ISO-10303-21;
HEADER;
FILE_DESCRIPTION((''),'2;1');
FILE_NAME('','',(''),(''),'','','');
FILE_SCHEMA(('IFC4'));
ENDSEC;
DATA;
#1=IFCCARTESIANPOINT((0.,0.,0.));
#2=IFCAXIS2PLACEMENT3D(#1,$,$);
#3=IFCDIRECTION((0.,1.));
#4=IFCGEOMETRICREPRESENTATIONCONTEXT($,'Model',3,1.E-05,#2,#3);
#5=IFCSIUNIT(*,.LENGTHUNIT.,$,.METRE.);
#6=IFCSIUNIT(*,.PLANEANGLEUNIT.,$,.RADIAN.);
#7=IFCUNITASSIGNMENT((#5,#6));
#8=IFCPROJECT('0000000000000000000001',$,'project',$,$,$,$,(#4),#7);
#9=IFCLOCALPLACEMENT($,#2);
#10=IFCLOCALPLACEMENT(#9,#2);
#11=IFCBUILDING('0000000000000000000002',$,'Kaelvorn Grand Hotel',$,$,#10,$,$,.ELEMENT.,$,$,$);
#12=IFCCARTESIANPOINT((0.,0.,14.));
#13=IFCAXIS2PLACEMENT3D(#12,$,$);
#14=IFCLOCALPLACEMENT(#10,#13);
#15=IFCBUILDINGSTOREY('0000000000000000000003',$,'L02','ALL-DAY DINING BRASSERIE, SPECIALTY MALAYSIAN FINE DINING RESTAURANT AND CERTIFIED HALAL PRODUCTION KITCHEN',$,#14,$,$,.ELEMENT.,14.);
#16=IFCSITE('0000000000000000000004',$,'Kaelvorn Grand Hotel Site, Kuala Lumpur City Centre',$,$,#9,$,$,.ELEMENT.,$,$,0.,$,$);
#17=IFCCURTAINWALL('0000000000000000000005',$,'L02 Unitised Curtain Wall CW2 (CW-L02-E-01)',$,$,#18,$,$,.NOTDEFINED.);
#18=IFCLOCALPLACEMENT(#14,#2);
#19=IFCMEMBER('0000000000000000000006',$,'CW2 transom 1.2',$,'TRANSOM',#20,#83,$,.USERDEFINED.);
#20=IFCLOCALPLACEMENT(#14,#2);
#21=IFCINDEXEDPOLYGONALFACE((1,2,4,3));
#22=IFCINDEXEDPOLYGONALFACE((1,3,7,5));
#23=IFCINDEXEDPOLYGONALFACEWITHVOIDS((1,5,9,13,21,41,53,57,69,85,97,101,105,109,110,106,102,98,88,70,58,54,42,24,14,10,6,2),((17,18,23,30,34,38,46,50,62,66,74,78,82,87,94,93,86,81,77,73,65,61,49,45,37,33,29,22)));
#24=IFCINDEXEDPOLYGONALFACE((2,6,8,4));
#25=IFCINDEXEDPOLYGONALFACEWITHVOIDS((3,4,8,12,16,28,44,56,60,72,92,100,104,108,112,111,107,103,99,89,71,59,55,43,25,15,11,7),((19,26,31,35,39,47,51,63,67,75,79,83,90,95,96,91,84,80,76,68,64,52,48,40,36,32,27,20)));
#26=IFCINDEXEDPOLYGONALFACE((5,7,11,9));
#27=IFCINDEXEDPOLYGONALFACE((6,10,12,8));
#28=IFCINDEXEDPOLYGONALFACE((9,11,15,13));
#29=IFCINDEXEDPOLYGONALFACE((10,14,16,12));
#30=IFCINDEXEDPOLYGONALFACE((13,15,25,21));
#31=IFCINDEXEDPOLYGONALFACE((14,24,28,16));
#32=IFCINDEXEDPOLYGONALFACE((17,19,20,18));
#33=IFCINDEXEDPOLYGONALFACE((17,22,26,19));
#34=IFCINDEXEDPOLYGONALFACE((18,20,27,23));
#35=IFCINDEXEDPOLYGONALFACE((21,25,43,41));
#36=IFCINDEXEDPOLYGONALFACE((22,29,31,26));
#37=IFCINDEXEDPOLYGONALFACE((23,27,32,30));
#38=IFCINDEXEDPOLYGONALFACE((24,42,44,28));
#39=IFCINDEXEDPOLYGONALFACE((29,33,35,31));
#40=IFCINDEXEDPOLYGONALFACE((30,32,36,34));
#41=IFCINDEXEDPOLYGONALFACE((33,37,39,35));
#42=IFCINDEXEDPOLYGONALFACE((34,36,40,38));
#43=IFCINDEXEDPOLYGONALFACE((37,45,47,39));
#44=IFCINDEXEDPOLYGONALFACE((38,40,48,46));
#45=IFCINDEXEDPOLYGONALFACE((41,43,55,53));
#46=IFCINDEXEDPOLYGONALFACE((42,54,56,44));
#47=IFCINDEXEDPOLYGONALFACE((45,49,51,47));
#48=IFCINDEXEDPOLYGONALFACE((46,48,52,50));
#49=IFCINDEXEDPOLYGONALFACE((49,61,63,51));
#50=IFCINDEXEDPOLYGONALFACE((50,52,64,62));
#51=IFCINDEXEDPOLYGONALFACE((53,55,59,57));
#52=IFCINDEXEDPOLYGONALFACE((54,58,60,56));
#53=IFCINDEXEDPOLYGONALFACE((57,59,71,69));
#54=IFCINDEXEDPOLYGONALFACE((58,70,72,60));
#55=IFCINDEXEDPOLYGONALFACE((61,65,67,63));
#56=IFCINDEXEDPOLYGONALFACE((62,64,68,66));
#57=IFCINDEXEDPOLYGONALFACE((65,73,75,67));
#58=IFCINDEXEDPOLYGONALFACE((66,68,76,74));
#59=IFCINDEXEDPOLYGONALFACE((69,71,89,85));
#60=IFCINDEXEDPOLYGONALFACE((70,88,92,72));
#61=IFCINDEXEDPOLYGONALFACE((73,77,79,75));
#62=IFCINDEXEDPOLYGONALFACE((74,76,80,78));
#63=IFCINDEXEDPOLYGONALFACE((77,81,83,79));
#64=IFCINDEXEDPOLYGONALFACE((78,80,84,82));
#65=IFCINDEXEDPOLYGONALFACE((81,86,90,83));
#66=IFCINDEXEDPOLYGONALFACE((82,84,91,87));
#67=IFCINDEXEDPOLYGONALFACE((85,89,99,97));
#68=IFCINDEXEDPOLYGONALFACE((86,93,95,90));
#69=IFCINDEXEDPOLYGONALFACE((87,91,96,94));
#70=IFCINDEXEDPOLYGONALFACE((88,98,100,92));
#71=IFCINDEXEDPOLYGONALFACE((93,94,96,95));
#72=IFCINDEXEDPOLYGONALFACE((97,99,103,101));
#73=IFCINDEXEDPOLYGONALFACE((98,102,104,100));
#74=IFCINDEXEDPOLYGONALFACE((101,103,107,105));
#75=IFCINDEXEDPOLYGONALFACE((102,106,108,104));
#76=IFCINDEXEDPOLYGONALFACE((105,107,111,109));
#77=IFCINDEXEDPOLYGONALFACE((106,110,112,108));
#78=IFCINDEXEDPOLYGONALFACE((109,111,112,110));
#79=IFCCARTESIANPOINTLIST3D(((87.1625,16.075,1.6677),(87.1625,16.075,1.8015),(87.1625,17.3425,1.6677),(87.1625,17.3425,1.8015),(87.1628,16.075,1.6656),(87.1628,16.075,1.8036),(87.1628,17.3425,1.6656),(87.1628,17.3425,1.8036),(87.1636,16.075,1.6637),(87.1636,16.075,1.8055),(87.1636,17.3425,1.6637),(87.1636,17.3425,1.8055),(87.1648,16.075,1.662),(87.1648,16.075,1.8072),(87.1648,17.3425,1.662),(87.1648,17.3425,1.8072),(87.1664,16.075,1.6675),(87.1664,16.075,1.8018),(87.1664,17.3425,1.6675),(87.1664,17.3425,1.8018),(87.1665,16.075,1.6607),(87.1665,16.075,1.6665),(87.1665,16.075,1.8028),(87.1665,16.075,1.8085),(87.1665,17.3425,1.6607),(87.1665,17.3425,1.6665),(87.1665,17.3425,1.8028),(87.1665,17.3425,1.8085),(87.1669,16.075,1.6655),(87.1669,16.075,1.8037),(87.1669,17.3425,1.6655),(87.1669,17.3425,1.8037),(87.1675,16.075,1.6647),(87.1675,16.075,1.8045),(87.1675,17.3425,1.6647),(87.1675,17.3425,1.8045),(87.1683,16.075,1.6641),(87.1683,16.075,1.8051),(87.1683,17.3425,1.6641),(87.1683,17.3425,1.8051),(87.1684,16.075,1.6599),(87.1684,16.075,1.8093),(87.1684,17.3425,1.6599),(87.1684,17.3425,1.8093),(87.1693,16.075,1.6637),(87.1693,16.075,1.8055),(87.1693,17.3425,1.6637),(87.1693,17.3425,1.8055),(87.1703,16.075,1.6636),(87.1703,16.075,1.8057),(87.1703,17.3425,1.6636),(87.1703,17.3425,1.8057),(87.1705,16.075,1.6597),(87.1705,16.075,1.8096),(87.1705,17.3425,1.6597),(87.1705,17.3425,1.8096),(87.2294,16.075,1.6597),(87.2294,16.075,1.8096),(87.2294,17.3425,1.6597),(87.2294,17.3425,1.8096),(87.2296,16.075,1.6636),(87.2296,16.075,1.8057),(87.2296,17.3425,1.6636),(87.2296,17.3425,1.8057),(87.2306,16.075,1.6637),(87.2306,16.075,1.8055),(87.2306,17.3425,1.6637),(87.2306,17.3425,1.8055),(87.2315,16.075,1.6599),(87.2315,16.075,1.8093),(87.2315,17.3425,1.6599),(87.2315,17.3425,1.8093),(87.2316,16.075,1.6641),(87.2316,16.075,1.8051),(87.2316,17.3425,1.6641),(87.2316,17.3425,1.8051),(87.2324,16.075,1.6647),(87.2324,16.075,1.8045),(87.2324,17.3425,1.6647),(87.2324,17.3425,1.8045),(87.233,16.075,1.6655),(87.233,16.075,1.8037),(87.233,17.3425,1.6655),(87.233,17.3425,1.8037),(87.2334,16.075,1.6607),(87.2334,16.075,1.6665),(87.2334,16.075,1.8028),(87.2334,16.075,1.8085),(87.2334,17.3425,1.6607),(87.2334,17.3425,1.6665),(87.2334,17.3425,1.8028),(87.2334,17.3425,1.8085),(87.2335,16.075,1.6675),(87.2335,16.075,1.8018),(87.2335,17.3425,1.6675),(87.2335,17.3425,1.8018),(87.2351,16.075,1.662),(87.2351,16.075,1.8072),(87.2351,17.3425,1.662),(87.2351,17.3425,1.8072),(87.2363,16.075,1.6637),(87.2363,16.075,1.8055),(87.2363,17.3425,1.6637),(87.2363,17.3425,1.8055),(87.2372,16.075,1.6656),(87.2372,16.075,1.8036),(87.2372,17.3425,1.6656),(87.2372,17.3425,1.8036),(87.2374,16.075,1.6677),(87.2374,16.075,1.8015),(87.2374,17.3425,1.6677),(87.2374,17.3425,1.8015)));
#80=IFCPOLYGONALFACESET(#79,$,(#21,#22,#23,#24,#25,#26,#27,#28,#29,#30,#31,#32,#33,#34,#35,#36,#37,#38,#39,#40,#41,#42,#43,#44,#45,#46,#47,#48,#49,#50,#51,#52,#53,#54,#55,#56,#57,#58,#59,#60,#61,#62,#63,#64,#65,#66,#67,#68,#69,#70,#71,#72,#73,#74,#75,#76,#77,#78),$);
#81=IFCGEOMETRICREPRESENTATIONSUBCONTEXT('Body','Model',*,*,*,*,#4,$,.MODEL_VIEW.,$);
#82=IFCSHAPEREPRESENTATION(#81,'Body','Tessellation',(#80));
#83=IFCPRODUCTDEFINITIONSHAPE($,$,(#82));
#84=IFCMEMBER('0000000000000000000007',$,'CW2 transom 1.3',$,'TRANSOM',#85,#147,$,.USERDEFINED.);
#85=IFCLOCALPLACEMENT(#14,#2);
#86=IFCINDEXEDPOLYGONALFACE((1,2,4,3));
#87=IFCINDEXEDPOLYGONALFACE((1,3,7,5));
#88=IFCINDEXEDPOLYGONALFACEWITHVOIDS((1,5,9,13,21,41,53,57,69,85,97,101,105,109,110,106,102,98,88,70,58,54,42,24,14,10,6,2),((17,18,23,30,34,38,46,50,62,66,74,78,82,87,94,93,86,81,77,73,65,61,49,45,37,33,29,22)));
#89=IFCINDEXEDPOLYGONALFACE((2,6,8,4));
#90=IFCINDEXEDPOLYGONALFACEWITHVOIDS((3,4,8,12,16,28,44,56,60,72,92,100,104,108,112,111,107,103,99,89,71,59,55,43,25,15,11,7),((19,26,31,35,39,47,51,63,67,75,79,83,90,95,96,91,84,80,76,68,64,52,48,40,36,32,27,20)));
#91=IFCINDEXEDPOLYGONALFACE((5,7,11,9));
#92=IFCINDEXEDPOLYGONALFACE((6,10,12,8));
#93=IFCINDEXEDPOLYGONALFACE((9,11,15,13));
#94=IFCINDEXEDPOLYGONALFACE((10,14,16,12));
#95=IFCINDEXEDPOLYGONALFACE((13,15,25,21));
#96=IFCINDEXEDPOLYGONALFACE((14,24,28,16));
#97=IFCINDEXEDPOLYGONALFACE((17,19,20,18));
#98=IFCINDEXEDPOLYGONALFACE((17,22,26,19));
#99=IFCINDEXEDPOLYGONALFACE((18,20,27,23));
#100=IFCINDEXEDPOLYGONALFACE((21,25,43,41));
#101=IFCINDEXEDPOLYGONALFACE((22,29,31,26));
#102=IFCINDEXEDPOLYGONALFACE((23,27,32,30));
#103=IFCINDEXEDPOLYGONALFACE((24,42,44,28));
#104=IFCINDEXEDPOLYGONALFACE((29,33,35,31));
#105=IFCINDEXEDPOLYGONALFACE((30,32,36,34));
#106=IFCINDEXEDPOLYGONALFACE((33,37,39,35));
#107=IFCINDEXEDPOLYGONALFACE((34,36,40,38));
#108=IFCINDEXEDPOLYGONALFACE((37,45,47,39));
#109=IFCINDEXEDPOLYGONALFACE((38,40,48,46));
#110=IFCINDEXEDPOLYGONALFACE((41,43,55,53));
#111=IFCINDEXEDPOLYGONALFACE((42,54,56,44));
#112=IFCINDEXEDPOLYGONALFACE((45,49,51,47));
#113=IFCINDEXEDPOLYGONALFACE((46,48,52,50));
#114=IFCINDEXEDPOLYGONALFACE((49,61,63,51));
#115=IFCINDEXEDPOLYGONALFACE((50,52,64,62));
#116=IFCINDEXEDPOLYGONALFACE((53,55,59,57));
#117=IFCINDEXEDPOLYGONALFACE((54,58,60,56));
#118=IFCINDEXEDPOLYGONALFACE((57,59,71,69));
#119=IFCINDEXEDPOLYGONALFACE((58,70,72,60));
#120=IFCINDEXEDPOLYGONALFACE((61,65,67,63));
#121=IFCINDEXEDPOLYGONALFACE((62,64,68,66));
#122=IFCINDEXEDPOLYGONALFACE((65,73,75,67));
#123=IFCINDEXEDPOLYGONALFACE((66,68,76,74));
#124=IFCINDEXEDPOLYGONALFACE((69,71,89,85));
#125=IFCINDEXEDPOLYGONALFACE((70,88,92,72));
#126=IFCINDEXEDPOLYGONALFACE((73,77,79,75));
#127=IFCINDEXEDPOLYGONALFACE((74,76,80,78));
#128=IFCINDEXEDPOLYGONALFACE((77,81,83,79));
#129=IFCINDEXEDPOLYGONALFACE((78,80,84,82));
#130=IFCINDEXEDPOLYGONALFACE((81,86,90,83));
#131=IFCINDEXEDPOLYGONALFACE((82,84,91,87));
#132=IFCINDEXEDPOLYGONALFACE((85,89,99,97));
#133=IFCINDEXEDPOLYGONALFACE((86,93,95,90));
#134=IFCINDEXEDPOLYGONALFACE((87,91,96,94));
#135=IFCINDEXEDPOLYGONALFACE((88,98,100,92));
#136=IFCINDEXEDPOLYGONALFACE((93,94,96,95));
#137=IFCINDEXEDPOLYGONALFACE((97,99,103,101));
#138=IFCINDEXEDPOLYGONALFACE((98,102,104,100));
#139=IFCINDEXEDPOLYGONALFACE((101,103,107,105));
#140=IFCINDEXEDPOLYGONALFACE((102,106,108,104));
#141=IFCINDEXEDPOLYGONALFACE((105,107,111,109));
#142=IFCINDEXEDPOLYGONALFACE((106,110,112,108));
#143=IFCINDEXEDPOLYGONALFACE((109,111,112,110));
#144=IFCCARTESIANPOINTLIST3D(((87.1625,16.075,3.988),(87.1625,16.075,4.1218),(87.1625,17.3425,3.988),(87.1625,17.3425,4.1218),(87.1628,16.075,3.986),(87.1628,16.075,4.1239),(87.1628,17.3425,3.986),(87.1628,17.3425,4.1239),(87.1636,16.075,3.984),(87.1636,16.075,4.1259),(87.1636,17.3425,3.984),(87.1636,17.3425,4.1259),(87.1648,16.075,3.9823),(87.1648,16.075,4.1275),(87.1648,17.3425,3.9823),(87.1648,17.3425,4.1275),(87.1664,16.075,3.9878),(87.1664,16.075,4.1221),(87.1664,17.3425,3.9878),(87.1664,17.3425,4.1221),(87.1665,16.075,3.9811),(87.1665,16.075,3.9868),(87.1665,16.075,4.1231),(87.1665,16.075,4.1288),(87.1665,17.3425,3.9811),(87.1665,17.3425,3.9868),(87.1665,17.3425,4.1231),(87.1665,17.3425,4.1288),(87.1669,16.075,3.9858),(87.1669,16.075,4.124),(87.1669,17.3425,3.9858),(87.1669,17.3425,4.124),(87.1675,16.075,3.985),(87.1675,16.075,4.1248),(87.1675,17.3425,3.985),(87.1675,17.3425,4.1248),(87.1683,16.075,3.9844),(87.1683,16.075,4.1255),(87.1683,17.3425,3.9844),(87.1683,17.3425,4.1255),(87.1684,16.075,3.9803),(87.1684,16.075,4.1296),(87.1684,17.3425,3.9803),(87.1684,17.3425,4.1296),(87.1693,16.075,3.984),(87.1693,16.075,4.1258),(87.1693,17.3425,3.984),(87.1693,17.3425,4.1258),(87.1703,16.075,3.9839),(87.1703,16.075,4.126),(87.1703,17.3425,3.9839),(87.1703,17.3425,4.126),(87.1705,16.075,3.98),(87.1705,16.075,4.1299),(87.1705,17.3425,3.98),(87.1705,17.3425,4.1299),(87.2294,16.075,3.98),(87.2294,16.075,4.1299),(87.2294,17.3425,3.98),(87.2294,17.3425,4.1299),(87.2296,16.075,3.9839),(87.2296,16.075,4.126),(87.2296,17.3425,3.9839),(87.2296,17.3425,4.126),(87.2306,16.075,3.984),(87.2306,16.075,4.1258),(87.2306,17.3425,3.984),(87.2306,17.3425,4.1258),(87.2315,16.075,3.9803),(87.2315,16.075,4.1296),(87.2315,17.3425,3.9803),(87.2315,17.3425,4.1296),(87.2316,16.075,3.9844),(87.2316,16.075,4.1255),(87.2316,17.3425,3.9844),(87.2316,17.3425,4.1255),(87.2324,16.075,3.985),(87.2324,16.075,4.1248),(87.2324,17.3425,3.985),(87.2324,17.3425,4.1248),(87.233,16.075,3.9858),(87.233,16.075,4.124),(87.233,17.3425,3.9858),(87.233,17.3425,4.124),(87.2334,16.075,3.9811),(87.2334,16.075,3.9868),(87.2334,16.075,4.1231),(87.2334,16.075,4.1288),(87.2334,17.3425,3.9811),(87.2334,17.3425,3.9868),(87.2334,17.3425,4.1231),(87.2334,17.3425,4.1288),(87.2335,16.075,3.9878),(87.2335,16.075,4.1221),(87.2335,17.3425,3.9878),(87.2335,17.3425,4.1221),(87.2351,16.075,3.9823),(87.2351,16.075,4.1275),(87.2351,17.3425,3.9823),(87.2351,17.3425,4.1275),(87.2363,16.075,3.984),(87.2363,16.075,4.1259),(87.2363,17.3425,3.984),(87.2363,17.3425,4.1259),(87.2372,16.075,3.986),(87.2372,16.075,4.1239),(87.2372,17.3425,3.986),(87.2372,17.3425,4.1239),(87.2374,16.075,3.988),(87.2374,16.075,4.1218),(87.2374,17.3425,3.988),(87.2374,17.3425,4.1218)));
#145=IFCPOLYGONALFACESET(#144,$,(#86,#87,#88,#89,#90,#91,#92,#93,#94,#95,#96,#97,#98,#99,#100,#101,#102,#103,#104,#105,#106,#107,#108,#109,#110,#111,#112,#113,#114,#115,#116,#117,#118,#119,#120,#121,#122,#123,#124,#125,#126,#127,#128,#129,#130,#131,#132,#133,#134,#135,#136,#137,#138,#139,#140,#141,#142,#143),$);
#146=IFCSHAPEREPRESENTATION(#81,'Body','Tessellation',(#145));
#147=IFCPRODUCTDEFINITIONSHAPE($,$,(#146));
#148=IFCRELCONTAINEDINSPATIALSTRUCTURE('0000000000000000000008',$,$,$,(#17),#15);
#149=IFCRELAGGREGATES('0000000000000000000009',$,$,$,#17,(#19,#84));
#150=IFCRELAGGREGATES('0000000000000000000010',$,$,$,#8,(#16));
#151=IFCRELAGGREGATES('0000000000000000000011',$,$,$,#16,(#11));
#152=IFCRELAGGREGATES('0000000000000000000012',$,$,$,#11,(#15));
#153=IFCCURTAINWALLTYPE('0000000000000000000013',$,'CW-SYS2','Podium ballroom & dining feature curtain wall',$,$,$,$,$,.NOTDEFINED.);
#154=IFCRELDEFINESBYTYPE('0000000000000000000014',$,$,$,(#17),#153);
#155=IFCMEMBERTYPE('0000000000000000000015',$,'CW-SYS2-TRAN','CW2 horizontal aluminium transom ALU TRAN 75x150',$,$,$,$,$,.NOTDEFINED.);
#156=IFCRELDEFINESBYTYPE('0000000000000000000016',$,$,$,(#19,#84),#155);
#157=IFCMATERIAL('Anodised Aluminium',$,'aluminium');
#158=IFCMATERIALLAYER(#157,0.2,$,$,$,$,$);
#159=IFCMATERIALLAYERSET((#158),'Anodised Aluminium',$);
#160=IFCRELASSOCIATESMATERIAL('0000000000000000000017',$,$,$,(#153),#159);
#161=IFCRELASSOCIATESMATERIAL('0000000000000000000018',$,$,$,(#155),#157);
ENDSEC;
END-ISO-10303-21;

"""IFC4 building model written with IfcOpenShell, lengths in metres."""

from ifc_helpers import new_model, si_unit, direction, frame, origin, origin_2d, place, context, subcontext, project, spatial, hollow_rectangle, extrude, material, layer, layer_set, material_profile, profile_set, type_object, element, aggregate, save


model = new_model("IFC4")

# Units and contexts
model_context = context("Model", 3, precision=1e-05, world=origin(), true_north=direction((0.0, 1.0)))
body_context = subcontext(model_context, "Body", "Model", "MODEL_VIEW")
ifc_project = project(units=[si_unit("LENGTHUNIT", "METRE"), si_unit("PLANEANGLEUNIT", "RADIAN")], contexts=[model_context])

# Site, building, storey
site_placement = place(None, origin())
site = spatial("IfcSite", under=ifc_project, at=site_placement, Name="Kaelvorn Grand Hotel Site, Kuala Lumpur City Centre", CompositionType="ELEMENT", RefElevation=0.0)
building_placement = place(site_placement, origin())
building = spatial("IfcBuilding", under=site, at=building_placement, Name="Kaelvorn Grand Hotel", CompositionType="ELEMENT")
storey_placement = place(building_placement, frame((0.0, 0.0, 14.0)))
storey = spatial("IfcBuildingStorey", under=building, at=storey_placement, Name="L02", Description="ALL-DAY DINING BRASSERIE, SPECIALTY MALAYSIAN FINE DINING RESTAURANT AND CERTIFIED HALAL PRODUCTION KITCHEN", CompositionType="ELEMENT", Elevation=14.0)

# Curtain wall, members
ifc_material_1 = material(Name="Anodised Aluminium", Category="aluminium")
ifc_layer_1 = layer(ifc_material_1, 0.2)
ifc_layer_set_1 = layer_set([ifc_layer_1], Name="Anodised Aluminium")
curtain_wall_type = type_object("IfcCurtainWallType", Name="CW-SYS2", Description="Podium ballroom & dining feature curtain wall", PredefinedType="NOTDEFINED", material=ifc_layer_set_1)
curtain_wall_placement = place(storey_placement, origin())
curtain_wall = element("IfcCurtainWall", 1, at=curtain_wall_placement, inside=storey, type_object=curtain_wall_type, Name="L02 Unitised Curtain Wall CW2 (CW-L02-E-01)", PredefinedType="NOTDEFINED")
ifc_material_profile_1 = material_profile(ifc_material_1, hollow_rectangle(XDim=0.075, YDim=0.1499, WallThickness=0.0039, InnerFilletRadius=0.0039, OuterFilletRadius=0.0081, at=origin_2d()), Name="ALU TRAN 75x150")
ifc_profile_set_1 = profile_set([ifc_material_profile_1], Name="Anodised Aluminium")
member_type_1 = type_object("IfcMemberType", Name="CW-SYS2-TRAN", Description="CW2 horizontal aluminium transom ALU TRAN 75x150", PredefinedType="NOTDEFINED", material=ifc_profile_set_1)
member_1_placement = place(storey_placement, frame((87.2, 16.075, 1.7346), z_axis=(0.0, 1.0, 0.0), x_axis=(-1.0, 0.0, 0.0)))
member_1 = element("IfcMember", 2, at=member_1_placement, type_object=member_type_1, Name="CW2 transom 1.2", ObjectType="TRANSOM", PredefinedType="USERDEFINED", context=body_context, shape_type="SweptSolid", body=[
    extrude(hollow_rectangle(XDim=0.075, YDim=0.1499, WallThickness=0.0039, InnerFilletRadius=0.0039, OuterFilletRadius=0.0081, at=origin_2d()), origin(), (0.0, 0.0, 1.0), 1.2676),
])
member_2_placement = place(storey_placement, frame((87.2, 16.075, 4.0549), z_axis=(0.0, 1.0, 0.0), x_axis=(-1.0, 0.0, 0.0)))
member_2 = element("IfcMember", 3, at=member_2_placement, type_object=member_type_1, Name="CW2 transom 1.3", ObjectType="TRANSOM", PredefinedType="USERDEFINED", context=body_context, shape_type="SweptSolid", body=[
    extrude(hollow_rectangle(XDim=0.075, YDim=0.1499, WallThickness=0.0039, InnerFilletRadius=0.0039, OuterFilletRadius=0.0081, at=origin_2d()), origin(), (0.0, 0.0, 1.0), 1.2676),
])
aggregate(curtain_wall, [member_1, member_2])

save(model, "model.ifc")
